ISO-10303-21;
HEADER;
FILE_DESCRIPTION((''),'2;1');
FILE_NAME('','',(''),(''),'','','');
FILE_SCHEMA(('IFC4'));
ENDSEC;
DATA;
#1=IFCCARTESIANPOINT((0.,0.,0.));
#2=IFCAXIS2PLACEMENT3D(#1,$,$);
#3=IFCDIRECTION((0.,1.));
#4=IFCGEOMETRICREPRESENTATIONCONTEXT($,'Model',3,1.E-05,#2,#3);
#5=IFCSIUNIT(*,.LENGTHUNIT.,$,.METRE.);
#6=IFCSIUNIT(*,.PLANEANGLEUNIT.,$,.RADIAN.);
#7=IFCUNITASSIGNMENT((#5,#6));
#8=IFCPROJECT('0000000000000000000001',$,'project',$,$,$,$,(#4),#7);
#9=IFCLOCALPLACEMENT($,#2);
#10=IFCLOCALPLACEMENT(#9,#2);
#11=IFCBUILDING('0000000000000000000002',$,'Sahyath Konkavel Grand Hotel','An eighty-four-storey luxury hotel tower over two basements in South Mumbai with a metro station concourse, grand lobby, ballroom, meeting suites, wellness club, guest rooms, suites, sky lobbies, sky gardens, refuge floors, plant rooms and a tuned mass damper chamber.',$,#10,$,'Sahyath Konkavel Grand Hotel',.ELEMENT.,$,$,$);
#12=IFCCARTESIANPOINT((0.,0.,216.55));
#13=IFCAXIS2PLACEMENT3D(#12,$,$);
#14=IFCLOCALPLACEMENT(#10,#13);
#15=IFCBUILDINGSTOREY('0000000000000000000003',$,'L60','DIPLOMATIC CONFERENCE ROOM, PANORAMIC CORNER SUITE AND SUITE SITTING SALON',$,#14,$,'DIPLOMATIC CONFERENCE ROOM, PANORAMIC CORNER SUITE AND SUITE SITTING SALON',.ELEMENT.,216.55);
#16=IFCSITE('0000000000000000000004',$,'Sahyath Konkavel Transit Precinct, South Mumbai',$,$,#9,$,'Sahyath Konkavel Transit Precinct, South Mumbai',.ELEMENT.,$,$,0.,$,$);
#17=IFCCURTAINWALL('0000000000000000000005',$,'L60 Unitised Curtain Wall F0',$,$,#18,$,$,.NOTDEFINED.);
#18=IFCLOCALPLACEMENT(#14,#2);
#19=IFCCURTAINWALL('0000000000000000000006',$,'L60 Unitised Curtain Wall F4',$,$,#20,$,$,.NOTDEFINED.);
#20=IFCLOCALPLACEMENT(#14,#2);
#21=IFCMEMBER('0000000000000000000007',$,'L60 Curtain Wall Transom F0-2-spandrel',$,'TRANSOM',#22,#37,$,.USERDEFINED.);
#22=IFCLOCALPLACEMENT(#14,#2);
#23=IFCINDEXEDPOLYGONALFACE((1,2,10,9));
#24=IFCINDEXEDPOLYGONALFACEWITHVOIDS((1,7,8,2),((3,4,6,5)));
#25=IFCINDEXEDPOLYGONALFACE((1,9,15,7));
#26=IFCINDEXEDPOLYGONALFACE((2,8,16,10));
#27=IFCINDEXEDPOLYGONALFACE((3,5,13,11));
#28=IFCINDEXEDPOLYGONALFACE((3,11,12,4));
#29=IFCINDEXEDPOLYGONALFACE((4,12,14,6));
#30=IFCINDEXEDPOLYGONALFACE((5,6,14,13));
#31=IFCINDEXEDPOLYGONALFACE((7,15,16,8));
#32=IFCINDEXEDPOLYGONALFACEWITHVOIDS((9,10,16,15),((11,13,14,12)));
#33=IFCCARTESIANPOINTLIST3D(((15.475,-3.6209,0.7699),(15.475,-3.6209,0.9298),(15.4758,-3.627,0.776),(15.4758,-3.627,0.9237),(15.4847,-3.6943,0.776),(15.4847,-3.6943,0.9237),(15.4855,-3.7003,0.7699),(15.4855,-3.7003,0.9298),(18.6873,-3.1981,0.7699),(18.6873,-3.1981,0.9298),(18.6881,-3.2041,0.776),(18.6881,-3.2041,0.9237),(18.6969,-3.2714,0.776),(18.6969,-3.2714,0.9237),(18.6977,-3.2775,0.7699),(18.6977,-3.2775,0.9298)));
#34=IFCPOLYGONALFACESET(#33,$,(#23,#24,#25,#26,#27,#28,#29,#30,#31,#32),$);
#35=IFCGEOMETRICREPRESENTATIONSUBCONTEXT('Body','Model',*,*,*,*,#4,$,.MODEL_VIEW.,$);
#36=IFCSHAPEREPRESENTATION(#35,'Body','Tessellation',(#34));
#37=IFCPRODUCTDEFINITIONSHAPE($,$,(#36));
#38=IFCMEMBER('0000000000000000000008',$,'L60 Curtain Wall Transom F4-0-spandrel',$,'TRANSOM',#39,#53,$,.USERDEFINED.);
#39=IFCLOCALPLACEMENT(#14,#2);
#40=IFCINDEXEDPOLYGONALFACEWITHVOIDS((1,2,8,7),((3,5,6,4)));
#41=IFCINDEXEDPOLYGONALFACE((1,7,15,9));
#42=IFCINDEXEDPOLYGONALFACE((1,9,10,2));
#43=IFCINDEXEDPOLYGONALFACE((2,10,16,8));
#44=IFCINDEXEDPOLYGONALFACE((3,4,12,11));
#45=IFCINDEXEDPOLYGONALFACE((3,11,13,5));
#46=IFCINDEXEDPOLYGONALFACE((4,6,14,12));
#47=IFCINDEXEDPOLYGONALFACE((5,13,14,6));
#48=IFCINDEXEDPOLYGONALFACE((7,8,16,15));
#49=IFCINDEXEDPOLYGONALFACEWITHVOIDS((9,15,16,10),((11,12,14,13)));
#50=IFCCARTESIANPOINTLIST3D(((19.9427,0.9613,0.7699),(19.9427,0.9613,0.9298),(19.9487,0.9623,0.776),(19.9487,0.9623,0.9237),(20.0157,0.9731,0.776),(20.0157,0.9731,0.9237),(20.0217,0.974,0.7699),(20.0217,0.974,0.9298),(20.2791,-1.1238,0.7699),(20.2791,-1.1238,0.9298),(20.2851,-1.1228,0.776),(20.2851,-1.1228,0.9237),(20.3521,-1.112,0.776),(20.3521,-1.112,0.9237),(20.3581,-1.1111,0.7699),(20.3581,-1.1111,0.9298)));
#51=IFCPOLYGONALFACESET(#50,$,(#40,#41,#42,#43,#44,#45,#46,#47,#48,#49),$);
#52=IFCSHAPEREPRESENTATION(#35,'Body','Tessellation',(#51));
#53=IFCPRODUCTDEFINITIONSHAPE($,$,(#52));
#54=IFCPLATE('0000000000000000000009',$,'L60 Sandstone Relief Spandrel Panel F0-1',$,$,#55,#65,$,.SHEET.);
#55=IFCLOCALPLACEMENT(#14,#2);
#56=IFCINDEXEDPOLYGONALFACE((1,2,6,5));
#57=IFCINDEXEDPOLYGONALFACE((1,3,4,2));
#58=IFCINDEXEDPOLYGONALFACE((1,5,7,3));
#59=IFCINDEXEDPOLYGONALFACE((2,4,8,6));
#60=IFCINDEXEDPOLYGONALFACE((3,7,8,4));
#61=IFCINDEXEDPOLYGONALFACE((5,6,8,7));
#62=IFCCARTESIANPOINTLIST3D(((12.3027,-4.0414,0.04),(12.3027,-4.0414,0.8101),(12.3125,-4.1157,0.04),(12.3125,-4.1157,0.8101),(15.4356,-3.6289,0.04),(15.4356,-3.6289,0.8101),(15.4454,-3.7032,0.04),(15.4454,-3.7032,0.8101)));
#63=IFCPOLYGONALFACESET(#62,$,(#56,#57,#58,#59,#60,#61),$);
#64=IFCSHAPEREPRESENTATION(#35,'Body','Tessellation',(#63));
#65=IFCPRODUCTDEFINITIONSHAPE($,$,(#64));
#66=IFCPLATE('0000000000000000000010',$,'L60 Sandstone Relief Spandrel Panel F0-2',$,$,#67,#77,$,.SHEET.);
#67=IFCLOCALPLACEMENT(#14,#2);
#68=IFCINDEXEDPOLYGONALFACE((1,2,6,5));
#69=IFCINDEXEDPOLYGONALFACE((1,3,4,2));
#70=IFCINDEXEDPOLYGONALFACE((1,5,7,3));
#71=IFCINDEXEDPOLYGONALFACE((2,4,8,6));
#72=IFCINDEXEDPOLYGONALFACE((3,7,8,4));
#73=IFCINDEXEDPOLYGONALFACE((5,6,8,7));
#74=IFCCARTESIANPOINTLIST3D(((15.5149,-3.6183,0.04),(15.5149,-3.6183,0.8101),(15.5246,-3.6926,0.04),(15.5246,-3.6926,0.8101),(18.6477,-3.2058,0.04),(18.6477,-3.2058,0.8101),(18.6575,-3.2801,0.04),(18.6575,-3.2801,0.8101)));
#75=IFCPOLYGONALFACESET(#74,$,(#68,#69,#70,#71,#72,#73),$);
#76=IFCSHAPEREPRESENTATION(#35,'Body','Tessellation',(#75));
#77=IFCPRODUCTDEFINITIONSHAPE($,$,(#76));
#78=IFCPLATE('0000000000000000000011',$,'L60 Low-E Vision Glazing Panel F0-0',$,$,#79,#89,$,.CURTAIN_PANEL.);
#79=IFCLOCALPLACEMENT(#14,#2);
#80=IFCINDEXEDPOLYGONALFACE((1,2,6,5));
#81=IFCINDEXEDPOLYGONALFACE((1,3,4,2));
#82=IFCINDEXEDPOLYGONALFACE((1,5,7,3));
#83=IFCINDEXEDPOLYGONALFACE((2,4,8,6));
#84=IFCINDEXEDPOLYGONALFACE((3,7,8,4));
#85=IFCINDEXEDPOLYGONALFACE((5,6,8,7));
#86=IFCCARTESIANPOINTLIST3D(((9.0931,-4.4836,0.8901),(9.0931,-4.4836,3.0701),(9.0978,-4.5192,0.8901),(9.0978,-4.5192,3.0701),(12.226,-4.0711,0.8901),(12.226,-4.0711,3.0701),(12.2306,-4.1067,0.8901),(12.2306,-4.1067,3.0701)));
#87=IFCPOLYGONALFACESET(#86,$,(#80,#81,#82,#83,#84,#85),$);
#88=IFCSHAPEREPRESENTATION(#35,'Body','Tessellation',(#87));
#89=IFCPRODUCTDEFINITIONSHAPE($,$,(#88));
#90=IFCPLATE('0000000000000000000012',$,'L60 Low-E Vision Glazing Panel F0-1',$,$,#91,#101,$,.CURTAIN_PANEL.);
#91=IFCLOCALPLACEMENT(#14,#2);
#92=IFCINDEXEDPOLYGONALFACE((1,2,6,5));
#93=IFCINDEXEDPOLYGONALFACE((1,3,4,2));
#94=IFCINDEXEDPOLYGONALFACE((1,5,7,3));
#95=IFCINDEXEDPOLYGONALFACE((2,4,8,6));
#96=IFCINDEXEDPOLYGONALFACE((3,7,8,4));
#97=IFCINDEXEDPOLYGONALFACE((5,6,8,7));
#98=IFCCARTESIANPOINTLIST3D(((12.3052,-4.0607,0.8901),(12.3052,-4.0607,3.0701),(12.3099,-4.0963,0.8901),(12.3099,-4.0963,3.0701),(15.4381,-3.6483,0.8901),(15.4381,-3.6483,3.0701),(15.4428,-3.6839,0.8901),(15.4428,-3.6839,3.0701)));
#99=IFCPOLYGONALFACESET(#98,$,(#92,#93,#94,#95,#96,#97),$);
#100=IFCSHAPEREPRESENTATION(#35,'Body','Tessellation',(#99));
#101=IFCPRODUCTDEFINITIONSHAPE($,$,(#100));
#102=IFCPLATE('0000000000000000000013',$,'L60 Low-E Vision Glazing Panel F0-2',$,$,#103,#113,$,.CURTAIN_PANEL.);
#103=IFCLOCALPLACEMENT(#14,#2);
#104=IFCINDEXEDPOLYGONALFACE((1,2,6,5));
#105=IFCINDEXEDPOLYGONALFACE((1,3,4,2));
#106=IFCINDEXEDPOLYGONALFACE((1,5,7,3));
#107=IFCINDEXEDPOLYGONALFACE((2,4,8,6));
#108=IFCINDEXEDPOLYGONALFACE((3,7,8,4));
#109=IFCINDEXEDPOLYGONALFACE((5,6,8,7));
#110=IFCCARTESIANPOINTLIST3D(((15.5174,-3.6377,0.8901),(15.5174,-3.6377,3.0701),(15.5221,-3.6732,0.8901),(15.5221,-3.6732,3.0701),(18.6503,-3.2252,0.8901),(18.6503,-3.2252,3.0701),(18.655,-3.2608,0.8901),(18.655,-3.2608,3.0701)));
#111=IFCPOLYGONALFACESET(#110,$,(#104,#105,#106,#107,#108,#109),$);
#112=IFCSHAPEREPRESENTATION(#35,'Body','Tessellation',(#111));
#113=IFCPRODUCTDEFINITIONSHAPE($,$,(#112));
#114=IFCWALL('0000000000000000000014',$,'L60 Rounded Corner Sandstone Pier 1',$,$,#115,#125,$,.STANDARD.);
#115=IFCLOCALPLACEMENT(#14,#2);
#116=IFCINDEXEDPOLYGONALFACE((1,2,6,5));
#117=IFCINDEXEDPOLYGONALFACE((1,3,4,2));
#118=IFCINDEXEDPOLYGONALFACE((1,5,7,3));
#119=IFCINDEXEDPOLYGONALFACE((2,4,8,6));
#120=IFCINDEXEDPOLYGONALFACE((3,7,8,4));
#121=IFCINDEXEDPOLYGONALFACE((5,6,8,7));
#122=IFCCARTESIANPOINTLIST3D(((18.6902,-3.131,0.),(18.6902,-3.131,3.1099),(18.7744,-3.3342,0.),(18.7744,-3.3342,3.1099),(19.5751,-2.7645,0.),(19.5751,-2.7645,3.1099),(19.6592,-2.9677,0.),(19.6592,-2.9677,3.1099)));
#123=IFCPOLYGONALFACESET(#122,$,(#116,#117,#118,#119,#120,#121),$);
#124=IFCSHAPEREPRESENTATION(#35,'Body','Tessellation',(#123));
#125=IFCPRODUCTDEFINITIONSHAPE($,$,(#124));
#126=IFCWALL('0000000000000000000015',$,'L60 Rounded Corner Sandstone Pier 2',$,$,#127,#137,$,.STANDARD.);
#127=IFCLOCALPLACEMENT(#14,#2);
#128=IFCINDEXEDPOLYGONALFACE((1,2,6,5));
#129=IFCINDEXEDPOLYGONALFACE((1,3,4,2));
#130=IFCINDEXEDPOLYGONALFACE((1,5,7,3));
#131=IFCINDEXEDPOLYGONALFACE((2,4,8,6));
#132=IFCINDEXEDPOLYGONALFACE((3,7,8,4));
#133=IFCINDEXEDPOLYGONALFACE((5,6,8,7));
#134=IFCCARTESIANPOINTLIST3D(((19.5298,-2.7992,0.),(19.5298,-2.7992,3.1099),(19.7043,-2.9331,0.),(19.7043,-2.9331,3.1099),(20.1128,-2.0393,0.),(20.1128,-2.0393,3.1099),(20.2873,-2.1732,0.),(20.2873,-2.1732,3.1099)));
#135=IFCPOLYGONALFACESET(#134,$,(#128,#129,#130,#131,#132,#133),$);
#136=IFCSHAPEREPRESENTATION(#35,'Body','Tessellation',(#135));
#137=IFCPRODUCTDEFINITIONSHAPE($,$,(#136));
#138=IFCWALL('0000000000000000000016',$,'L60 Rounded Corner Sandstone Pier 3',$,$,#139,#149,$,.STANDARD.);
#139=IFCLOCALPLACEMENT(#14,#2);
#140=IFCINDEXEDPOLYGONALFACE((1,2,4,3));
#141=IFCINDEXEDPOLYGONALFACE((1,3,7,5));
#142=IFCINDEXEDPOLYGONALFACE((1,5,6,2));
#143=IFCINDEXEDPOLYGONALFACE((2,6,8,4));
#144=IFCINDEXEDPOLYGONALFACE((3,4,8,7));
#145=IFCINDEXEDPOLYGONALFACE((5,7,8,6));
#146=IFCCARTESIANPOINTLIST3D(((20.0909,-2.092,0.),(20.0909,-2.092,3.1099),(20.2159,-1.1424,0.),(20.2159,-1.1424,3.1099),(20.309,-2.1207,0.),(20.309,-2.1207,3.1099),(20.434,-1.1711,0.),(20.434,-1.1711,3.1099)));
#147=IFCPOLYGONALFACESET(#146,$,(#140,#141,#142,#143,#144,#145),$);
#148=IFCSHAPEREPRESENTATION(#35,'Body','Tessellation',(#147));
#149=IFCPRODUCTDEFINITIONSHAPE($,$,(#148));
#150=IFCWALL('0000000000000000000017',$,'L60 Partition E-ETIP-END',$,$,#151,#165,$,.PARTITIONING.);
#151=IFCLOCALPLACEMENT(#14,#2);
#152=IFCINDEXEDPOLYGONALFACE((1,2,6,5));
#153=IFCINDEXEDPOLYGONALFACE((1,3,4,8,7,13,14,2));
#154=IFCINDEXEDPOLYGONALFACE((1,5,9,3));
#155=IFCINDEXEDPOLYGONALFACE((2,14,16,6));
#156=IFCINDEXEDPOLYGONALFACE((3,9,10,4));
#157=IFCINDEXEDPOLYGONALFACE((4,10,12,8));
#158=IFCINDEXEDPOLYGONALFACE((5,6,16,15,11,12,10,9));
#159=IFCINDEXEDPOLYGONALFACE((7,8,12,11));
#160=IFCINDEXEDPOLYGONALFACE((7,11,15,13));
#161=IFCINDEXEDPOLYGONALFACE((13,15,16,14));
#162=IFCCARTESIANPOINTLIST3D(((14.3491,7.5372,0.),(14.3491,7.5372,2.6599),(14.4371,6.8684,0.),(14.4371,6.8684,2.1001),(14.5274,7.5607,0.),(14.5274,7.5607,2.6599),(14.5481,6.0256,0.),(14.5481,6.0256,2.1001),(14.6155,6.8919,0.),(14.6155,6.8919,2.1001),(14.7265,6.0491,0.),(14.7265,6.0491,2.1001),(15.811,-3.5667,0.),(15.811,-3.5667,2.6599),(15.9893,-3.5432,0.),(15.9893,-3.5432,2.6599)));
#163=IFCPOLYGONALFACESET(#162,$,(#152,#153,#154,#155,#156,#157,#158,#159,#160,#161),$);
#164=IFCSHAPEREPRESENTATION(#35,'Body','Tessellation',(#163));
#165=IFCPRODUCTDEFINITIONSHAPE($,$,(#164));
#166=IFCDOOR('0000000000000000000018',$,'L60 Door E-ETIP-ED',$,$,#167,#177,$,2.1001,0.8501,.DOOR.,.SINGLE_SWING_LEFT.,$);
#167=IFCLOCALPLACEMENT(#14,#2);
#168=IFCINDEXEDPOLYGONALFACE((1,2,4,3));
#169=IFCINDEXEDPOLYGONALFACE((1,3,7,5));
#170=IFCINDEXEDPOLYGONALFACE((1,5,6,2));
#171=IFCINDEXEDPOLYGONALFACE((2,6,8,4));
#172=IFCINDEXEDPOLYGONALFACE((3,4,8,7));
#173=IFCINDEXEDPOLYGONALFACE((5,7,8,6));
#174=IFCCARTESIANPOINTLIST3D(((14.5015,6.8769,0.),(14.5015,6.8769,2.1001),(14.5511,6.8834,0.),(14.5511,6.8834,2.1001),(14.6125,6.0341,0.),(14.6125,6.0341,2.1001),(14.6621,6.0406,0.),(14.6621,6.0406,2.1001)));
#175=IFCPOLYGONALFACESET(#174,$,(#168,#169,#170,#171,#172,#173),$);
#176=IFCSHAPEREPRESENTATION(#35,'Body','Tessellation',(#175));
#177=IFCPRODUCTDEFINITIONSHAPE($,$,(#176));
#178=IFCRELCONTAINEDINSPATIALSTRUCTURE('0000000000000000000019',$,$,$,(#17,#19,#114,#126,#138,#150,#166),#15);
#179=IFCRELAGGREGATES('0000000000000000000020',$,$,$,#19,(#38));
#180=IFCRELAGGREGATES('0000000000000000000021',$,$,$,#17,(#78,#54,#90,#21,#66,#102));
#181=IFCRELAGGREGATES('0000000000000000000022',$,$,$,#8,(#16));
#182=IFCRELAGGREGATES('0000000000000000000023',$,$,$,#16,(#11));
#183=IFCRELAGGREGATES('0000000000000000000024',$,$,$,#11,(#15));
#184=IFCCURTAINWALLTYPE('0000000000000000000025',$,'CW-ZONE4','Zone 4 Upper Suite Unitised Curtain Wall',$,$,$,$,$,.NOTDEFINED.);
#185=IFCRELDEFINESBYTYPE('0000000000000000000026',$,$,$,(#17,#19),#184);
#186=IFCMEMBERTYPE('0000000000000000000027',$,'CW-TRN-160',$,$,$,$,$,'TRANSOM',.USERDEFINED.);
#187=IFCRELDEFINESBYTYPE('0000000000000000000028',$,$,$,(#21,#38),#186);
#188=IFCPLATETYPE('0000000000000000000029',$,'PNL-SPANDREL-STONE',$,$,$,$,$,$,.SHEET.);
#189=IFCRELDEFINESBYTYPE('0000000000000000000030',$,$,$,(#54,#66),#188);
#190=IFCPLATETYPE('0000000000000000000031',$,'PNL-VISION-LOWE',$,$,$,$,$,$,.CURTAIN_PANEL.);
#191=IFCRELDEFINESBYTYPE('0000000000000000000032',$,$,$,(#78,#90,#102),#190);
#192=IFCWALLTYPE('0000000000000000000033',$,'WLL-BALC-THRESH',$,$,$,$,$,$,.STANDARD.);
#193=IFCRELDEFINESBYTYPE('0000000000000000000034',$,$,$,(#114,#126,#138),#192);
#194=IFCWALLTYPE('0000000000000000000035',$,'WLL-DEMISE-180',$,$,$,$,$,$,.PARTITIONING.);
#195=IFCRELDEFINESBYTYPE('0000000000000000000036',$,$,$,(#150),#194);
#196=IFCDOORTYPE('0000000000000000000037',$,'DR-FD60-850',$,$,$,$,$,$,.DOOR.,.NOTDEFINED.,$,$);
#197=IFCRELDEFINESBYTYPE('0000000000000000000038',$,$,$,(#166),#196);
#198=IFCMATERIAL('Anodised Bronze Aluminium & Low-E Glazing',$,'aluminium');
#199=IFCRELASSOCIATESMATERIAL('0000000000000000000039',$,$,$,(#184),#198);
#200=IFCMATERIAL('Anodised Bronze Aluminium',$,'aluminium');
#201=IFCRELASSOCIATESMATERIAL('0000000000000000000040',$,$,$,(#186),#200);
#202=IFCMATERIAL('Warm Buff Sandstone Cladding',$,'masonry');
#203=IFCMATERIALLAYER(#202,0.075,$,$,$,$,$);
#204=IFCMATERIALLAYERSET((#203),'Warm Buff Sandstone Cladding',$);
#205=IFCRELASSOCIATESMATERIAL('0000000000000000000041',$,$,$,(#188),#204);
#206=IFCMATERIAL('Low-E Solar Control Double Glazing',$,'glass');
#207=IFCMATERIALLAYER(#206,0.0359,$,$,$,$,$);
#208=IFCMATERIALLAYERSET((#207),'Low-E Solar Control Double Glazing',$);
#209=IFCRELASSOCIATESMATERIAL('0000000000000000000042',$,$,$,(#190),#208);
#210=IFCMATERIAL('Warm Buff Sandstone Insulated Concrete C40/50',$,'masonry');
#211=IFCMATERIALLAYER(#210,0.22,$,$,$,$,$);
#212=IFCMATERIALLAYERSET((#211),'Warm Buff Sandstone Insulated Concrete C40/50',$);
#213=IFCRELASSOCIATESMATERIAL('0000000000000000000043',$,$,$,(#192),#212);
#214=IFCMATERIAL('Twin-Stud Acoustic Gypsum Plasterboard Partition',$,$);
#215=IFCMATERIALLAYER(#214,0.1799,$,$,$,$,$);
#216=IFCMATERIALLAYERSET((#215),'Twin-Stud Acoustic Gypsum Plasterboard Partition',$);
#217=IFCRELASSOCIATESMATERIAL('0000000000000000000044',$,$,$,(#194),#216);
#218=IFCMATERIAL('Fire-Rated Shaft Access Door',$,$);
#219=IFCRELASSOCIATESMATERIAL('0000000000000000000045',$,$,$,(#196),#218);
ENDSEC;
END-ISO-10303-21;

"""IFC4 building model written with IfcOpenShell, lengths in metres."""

from ifc_helpers import new_model, si_unit, direction, frame, frame_2d, origin, origin_2d, place, context, subcontext, project, spatial, rectangle, hollow_rectangle, extrude, source, transform, mapped, material, layer, layer_set, material_profile, profile_set, type_object, element, fill, aggregate, save


model = new_model("IFC4")

# Units and contexts
model_context = context("Model", 3, precision=1e-05, world=origin(), true_north=direction((0.0, 1.0)))
body_context = subcontext(model_context, "Body", "Model", "MODEL_VIEW")
ifc_project = project(units=[si_unit("LENGTHUNIT", "METRE"), si_unit("PLANEANGLEUNIT", "RADIAN")], contexts=[model_context])

# Site, building, storey
site_placement = place(None, origin())
site = spatial("IfcSite", under=ifc_project, at=site_placement, Name="Sahyath Konkavel Transit Precinct, South Mumbai", LongName="Sahyath Konkavel Transit Precinct, South Mumbai", CompositionType="ELEMENT", RefElevation=0.0)
building_placement = place(site_placement, origin())
building = spatial("IfcBuilding", under=site, at=building_placement, Name="Sahyath Konkavel Grand Hotel", Description="An eighty-four-storey luxury hotel tower over two basements in South Mumbai with a metro station concourse, grand lobby, ballroom, meeting suites, wellness club, guest rooms, suites, sky lobbies, sky gardens, refuge floors, plant rooms and a tuned mass damper chamber.", LongName="Sahyath Konkavel Grand Hotel", CompositionType="ELEMENT")
storey_placement = place(building_placement, frame((0.0, 0.0, 216.55)))
storey = spatial("IfcBuildingStorey", under=building, at=storey_placement, Name="L60", Description="DIPLOMATIC CONFERENCE ROOM, PANORAMIC CORNER SUITE AND SUITE SITTING SALON", LongName="DIPLOMATIC CONFERENCE ROOM, PANORAMIC CORNER SUITE AND SUITE SITTING SALON", CompositionType="ELEMENT", Elevation=216.55)

# Curtain wall
ifc_material_1 = material(Name="Anodised Bronze Aluminium & Low-E Glazing", Category="aluminium")
curtain_wall_type = type_object("IfcCurtainWallType", Name="CW-ZONE4", Description="Zone 4 Upper Suite Unitised Curtain Wall", PredefinedType="NOTDEFINED", material=ifc_material_1)
curtain_wall_1_placement = place(storey_placement, origin())
curtain_wall_1 = element("IfcCurtainWall", 1, at=curtain_wall_1_placement, inside=storey, type_object=curtain_wall_type, Name="L60 Unitised Curtain Wall F0", PredefinedType="NOTDEFINED")
ifc_material_2 = material(Name="Anodised Bronze Aluminium", Category="aluminium")

# Curtain wall
curtain_wall_2_placement = place(storey_placement, origin())
curtain_wall_2 = element("IfcCurtainWall", 2, at=curtain_wall_2_placement, inside=storey, type_object=curtain_wall_type, Name="L60 Unitised Curtain Wall F4", PredefinedType="NOTDEFINED")

# Members
ifc_material_profile_1 = material_profile(ifc_material_2, hollow_rectangle(XDim=0.0801, YDim=0.1599, WallThickness=0.0061, at=origin_2d()), Name="RHS 160x80x6")
ifc_profile_set_1 = profile_set([ifc_material_profile_1], Name="Anodised Bronze Aluminium")
member_type_1 = type_object("IfcMemberType", Name="CW-TRN-160", ElementType="TRANSOM", PredefinedType="USERDEFINED", material=ifc_profile_set_1)
shared_shape_1 = source(origin(), body_context, "Body", "SweptSolid", [
    extrude(hollow_rectangle(XDim=0.0801, YDim=0.1599, WallThickness=0.0061, at=origin_2d()), origin(), (0.0, 0.0, 1.0), 3.24),
])
member_1_placement = place(storey_placement, frame((15.4802, -3.6606, 0.8499), z_axis=(0.991446, 0.130515, 0.0), x_axis=(-0.130515, 0.991446, 0.0)))
member_1 = element("IfcMember", 3, at=member_1_placement, type_object=member_type_1, Name="L60 Curtain Wall Transom F0-2-spandrel", ObjectType="TRANSOM", PredefinedType="USERDEFINED", context=body_context, shape_type="MappedRepresentation", body=[
    mapped(shared_shape_1, transform((0.0, 0.0, 0.0), scale=1.0)),
])
shared_shape_2 = source(origin(), body_context, "Body", "SweptSolid", [
    extrude(hollow_rectangle(XDim=0.0801, YDim=0.1599, WallThickness=0.0061, at=origin_2d()), origin(), (0.0, 0.0, 1.0), 2.1121),
])
member_2_placement = place(storey_placement, frame((20.3186, -1.1174, 0.8499), z_axis=(-0.15928, 0.987233, 0.0), x_axis=(-0.987233, -0.15928, 0.0)))
member_2 = element("IfcMember", 4, at=member_2_placement, type_object=member_type_1, Name="L60 Curtain Wall Transom F4-0-spandrel", ObjectType="TRANSOM", PredefinedType="USERDEFINED", context=body_context, shape_type="MappedRepresentation", body=[
    mapped(shared_shape_2, transform((0.0, 0.0, 0.0), scale=1.0)),
])
aggregate(curtain_wall_2, [member_2])

# Plates
ifc_material_3 = material(Name="Warm Buff Sandstone Cladding", Category="masonry")
ifc_layer_1 = layer(ifc_material_3, 0.075)
ifc_layer_set_1 = layer_set([ifc_layer_1], Name="Warm Buff Sandstone Cladding")
plate_type_1 = type_object("IfcPlateType", Name="PNL-SPANDREL-STONE", PredefinedType="SHEET", material=ifc_layer_set_1)
shared_shape_3 = source(origin(), body_context, "Body", "SweptSolid", [
    extrude(rectangle(XDim=3.1599, YDim=0.075, at=origin_2d()), origin(), (0.0, 0.0, 1.0), 0.77),
])
plate_1_placement = place(storey_placement, frame((13.874, -3.8723, 0.04), z_axis=(0.0, 0.0, 1.0), x_axis=(0.991445, 0.130526, 0.0)))
plate_1 = element("IfcPlate", 5, at=plate_1_placement, type_object=plate_type_1, Name="L60 Sandstone Relief Spandrel Panel F0-1", PredefinedType="SHEET", context=body_context, shape_type="MappedRepresentation", body=[
    mapped(shared_shape_3, transform((0.0, 0.0, 0.0), scale=1.0)),
])
plate_2_placement = place(storey_placement, frame((17.0862, -3.4492, 0.04), z_axis=(0.0, 0.0, 1.0), x_axis=(0.991445, 0.130526, 0.0)))
plate_2 = element("IfcPlate", 6, at=plate_2_placement, type_object=plate_type_1, Name="L60 Sandstone Relief Spandrel Panel F0-2", PredefinedType="SHEET", context=body_context, shape_type="MappedRepresentation", body=[
    mapped(shared_shape_3, transform((0.0, 0.0, 0.0), scale=1.0)),
])
ifc_material_4 = material(Name="Low-E Solar Control Double Glazing", Category="glass")
ifc_layer_2 = layer(ifc_material_4, 0.0359)
ifc_layer_set_2 = layer_set([ifc_layer_2], Name="Low-E Solar Control Double Glazing")
plate_type_2 = type_object("IfcPlateType", Name="PNL-VISION-LOWE", PredefinedType="CURTAIN_PANEL", material=ifc_layer_set_2)
shared_shape_4 = source(origin(), body_context, "Body", "SweptSolid", [
    extrude(rectangle(XDim=3.1599, YDim=0.0359, at=origin_2d()), origin(), (0.0, 0.0, 1.0), 2.1799),
])
plate_3_placement = place(storey_placement, frame((10.6619, -4.2952, 0.8901), z_axis=(0.0, 0.0, 1.0), x_axis=(0.991445, 0.130526, 0.0)))
plate_3 = element("IfcPlate", 7, at=plate_3_placement, type_object=plate_type_2, Name="L60 Low-E Vision Glazing Panel F0-0", PredefinedType="CURTAIN_PANEL", context=body_context, shape_type="MappedRepresentation", body=[
    mapped(shared_shape_4, transform((0.0, 0.0, 0.0), scale=1.0)),
])
plate_4_placement = place(storey_placement, frame((13.874, -3.8723, 0.8901), z_axis=(0.0, 0.0, 1.0), x_axis=(0.991445, 0.130526, 0.0)))
plate_4 = element("IfcPlate", 8, at=plate_4_placement, type_object=plate_type_2, Name="L60 Low-E Vision Glazing Panel F0-1", PredefinedType="CURTAIN_PANEL", context=body_context, shape_type="MappedRepresentation", body=[
    mapped(shared_shape_4, transform((0.0, 0.0, 0.0), scale=1.0)),
])
plate_5_placement = place(storey_placement, frame((17.0862, -3.4492, 0.8901), z_axis=(0.0, 0.0, 1.0), x_axis=(0.991445, 0.130526, 0.0)))
plate_5 = element("IfcPlate", 9, at=plate_5_placement, type_object=plate_type_2, Name="L60 Low-E Vision Glazing Panel F0-2", PredefinedType="CURTAIN_PANEL", context=body_context, shape_type="MappedRepresentation", body=[
    mapped(shared_shape_4, transform((0.0, 0.0, 0.0), scale=1.0)),
])
aggregate(curtain_wall_1, [plate_3, plate_1, plate_4, member_1, plate_2, plate_5])

# Walls
ifc_material_5 = material(Name="Warm Buff Sandstone Insulated Concrete C40/50", Category="masonry")
ifc_layer_3 = layer(ifc_material_5, 0.22)
ifc_layer_set_3 = layer_set([ifc_layer_3], Name="Warm Buff Sandstone Insulated Concrete C40/50")
wall_type_1 = type_object("IfcWallType", Name="WLL-BALC-THRESH", PredefinedType="STANDARD", material=ifc_layer_set_3)
for number, where, z_axis, x_axis, name in (
    (10, (18.7322, -3.2327, 0.0), (0.0, 0.0, 1.0), (0.923889, 0.38266, 0.0), "L60 Rounded Corner Sandstone Pier 1"),
    (11, (19.6169, -2.8662, 0.0), (0.0, 0.0, 1.0), (0.608774, 0.793344, 0.0), "L60 Rounded Corner Sandstone Pier 2"),
    (12, (20.2, -2.1064, 0.0), (0.0, 0.0, 1.0), (0.130527, 0.991445, 0.0), "L60 Rounded Corner Sandstone Pier 3"),
):
    element("IfcWall", number, at=place(storey_placement, frame(where, z_axis=z_axis, x_axis=x_axis)), inside=storey, type_object=wall_type_1, Name=name, PredefinedType="STANDARD", context=body_context, shape_type="SweptSolid", body=[
        extrude(rectangle(XDim=0.9578, YDim=0.22, at=frame_2d((0.479, 0.0))), origin(), (0.0, 0.0, 1.0), 3.1099),
    ])

# Wall, opening, door
ifc_material_6 = material(Name="Twin-Stud Acoustic Gypsum Plasterboard Partition")
ifc_layer_4 = layer(ifc_material_6, 0.1799)
ifc_layer_set_4 = layer_set([ifc_layer_4], Name="Twin-Stud Acoustic Gypsum Plasterboard Partition")
wall_type_2 = type_object("IfcWallType", Name="WLL-DEMISE-180", PredefinedType="PARTITIONING", material=ifc_layer_set_4)
wall_1_placement = place(storey_placement, frame((15.9001, -3.5549, 0.0), z_axis=(0.0, 0.0, 1.0), x_axis=(-0.13053, 0.991444, 0.0)))
wall_1 = element("IfcWall", 13, at=wall_1_placement, inside=storey, type_object=wall_type_2, Name="L60 Partition E-ETIP-END", PredefinedType="PARTITIONING", context=body_context, shape_type="SweptSolid", body=[
    extrude(rectangle(XDim=11.1997, YDim=0.1799, at=frame_2d((5.5999, 0.0))), origin(), (0.0, 0.0, 1.0), 2.6599),
])
opening_1_placement = place(wall_1_placement, frame((9.675, 0.0, 0.0)))
opening_1 = element("IfcOpeningElement", 14, at=opening_1_placement, cuts=wall_1, PredefinedType="OPENING", context=body_context, shape_type="SweptSolid", body=[
    extrude(rectangle(XDim=0.8501, YDim=2.1001, at=frame_2d((0.425, 1.05))), frame((0.0, 0.1001, 0.0), z_axis=(0.0, -1.0, 0.0), x_axis=(1.0, 0.0, 0.0)), (0.0, 0.0, 1.0), 0.2),
])
ifc_material_7 = material(Name="Fire-Rated Shaft Access Door")
door_type_1 = type_object("IfcDoorType", Name="DR-FD60-850", OperationType="NOTDEFINED", PredefinedType="DOOR", material=ifc_material_7)
shared_shape_5 = source(origin(), body_context, "Body", "SweptSolid", [
    extrude(rectangle(XDim=0.8501, YDim=0.05, at=origin_2d()), origin(), (0.0, 0.0, 1.0), 2.1001),
])
door_1_placement = place(opening_1_placement, frame((0.425, 0.0, 0.0)))
door_1 = element("IfcDoor", 15, at=door_1_placement, inside=storey, type_object=door_type_1, Name="L60 Door E-ETIP-ED", OperationType="SINGLE_SWING_LEFT", OverallHeight=2.1001, OverallWidth=0.8501, PredefinedType="DOOR", context=body_context, shape_type="MappedRepresentation", body=[
    mapped(shared_shape_5, transform((0.0, 0.0, 0.0), scale=1.0)),
])
fill(opening_1, door_1)

save(model, "model.ifc")
